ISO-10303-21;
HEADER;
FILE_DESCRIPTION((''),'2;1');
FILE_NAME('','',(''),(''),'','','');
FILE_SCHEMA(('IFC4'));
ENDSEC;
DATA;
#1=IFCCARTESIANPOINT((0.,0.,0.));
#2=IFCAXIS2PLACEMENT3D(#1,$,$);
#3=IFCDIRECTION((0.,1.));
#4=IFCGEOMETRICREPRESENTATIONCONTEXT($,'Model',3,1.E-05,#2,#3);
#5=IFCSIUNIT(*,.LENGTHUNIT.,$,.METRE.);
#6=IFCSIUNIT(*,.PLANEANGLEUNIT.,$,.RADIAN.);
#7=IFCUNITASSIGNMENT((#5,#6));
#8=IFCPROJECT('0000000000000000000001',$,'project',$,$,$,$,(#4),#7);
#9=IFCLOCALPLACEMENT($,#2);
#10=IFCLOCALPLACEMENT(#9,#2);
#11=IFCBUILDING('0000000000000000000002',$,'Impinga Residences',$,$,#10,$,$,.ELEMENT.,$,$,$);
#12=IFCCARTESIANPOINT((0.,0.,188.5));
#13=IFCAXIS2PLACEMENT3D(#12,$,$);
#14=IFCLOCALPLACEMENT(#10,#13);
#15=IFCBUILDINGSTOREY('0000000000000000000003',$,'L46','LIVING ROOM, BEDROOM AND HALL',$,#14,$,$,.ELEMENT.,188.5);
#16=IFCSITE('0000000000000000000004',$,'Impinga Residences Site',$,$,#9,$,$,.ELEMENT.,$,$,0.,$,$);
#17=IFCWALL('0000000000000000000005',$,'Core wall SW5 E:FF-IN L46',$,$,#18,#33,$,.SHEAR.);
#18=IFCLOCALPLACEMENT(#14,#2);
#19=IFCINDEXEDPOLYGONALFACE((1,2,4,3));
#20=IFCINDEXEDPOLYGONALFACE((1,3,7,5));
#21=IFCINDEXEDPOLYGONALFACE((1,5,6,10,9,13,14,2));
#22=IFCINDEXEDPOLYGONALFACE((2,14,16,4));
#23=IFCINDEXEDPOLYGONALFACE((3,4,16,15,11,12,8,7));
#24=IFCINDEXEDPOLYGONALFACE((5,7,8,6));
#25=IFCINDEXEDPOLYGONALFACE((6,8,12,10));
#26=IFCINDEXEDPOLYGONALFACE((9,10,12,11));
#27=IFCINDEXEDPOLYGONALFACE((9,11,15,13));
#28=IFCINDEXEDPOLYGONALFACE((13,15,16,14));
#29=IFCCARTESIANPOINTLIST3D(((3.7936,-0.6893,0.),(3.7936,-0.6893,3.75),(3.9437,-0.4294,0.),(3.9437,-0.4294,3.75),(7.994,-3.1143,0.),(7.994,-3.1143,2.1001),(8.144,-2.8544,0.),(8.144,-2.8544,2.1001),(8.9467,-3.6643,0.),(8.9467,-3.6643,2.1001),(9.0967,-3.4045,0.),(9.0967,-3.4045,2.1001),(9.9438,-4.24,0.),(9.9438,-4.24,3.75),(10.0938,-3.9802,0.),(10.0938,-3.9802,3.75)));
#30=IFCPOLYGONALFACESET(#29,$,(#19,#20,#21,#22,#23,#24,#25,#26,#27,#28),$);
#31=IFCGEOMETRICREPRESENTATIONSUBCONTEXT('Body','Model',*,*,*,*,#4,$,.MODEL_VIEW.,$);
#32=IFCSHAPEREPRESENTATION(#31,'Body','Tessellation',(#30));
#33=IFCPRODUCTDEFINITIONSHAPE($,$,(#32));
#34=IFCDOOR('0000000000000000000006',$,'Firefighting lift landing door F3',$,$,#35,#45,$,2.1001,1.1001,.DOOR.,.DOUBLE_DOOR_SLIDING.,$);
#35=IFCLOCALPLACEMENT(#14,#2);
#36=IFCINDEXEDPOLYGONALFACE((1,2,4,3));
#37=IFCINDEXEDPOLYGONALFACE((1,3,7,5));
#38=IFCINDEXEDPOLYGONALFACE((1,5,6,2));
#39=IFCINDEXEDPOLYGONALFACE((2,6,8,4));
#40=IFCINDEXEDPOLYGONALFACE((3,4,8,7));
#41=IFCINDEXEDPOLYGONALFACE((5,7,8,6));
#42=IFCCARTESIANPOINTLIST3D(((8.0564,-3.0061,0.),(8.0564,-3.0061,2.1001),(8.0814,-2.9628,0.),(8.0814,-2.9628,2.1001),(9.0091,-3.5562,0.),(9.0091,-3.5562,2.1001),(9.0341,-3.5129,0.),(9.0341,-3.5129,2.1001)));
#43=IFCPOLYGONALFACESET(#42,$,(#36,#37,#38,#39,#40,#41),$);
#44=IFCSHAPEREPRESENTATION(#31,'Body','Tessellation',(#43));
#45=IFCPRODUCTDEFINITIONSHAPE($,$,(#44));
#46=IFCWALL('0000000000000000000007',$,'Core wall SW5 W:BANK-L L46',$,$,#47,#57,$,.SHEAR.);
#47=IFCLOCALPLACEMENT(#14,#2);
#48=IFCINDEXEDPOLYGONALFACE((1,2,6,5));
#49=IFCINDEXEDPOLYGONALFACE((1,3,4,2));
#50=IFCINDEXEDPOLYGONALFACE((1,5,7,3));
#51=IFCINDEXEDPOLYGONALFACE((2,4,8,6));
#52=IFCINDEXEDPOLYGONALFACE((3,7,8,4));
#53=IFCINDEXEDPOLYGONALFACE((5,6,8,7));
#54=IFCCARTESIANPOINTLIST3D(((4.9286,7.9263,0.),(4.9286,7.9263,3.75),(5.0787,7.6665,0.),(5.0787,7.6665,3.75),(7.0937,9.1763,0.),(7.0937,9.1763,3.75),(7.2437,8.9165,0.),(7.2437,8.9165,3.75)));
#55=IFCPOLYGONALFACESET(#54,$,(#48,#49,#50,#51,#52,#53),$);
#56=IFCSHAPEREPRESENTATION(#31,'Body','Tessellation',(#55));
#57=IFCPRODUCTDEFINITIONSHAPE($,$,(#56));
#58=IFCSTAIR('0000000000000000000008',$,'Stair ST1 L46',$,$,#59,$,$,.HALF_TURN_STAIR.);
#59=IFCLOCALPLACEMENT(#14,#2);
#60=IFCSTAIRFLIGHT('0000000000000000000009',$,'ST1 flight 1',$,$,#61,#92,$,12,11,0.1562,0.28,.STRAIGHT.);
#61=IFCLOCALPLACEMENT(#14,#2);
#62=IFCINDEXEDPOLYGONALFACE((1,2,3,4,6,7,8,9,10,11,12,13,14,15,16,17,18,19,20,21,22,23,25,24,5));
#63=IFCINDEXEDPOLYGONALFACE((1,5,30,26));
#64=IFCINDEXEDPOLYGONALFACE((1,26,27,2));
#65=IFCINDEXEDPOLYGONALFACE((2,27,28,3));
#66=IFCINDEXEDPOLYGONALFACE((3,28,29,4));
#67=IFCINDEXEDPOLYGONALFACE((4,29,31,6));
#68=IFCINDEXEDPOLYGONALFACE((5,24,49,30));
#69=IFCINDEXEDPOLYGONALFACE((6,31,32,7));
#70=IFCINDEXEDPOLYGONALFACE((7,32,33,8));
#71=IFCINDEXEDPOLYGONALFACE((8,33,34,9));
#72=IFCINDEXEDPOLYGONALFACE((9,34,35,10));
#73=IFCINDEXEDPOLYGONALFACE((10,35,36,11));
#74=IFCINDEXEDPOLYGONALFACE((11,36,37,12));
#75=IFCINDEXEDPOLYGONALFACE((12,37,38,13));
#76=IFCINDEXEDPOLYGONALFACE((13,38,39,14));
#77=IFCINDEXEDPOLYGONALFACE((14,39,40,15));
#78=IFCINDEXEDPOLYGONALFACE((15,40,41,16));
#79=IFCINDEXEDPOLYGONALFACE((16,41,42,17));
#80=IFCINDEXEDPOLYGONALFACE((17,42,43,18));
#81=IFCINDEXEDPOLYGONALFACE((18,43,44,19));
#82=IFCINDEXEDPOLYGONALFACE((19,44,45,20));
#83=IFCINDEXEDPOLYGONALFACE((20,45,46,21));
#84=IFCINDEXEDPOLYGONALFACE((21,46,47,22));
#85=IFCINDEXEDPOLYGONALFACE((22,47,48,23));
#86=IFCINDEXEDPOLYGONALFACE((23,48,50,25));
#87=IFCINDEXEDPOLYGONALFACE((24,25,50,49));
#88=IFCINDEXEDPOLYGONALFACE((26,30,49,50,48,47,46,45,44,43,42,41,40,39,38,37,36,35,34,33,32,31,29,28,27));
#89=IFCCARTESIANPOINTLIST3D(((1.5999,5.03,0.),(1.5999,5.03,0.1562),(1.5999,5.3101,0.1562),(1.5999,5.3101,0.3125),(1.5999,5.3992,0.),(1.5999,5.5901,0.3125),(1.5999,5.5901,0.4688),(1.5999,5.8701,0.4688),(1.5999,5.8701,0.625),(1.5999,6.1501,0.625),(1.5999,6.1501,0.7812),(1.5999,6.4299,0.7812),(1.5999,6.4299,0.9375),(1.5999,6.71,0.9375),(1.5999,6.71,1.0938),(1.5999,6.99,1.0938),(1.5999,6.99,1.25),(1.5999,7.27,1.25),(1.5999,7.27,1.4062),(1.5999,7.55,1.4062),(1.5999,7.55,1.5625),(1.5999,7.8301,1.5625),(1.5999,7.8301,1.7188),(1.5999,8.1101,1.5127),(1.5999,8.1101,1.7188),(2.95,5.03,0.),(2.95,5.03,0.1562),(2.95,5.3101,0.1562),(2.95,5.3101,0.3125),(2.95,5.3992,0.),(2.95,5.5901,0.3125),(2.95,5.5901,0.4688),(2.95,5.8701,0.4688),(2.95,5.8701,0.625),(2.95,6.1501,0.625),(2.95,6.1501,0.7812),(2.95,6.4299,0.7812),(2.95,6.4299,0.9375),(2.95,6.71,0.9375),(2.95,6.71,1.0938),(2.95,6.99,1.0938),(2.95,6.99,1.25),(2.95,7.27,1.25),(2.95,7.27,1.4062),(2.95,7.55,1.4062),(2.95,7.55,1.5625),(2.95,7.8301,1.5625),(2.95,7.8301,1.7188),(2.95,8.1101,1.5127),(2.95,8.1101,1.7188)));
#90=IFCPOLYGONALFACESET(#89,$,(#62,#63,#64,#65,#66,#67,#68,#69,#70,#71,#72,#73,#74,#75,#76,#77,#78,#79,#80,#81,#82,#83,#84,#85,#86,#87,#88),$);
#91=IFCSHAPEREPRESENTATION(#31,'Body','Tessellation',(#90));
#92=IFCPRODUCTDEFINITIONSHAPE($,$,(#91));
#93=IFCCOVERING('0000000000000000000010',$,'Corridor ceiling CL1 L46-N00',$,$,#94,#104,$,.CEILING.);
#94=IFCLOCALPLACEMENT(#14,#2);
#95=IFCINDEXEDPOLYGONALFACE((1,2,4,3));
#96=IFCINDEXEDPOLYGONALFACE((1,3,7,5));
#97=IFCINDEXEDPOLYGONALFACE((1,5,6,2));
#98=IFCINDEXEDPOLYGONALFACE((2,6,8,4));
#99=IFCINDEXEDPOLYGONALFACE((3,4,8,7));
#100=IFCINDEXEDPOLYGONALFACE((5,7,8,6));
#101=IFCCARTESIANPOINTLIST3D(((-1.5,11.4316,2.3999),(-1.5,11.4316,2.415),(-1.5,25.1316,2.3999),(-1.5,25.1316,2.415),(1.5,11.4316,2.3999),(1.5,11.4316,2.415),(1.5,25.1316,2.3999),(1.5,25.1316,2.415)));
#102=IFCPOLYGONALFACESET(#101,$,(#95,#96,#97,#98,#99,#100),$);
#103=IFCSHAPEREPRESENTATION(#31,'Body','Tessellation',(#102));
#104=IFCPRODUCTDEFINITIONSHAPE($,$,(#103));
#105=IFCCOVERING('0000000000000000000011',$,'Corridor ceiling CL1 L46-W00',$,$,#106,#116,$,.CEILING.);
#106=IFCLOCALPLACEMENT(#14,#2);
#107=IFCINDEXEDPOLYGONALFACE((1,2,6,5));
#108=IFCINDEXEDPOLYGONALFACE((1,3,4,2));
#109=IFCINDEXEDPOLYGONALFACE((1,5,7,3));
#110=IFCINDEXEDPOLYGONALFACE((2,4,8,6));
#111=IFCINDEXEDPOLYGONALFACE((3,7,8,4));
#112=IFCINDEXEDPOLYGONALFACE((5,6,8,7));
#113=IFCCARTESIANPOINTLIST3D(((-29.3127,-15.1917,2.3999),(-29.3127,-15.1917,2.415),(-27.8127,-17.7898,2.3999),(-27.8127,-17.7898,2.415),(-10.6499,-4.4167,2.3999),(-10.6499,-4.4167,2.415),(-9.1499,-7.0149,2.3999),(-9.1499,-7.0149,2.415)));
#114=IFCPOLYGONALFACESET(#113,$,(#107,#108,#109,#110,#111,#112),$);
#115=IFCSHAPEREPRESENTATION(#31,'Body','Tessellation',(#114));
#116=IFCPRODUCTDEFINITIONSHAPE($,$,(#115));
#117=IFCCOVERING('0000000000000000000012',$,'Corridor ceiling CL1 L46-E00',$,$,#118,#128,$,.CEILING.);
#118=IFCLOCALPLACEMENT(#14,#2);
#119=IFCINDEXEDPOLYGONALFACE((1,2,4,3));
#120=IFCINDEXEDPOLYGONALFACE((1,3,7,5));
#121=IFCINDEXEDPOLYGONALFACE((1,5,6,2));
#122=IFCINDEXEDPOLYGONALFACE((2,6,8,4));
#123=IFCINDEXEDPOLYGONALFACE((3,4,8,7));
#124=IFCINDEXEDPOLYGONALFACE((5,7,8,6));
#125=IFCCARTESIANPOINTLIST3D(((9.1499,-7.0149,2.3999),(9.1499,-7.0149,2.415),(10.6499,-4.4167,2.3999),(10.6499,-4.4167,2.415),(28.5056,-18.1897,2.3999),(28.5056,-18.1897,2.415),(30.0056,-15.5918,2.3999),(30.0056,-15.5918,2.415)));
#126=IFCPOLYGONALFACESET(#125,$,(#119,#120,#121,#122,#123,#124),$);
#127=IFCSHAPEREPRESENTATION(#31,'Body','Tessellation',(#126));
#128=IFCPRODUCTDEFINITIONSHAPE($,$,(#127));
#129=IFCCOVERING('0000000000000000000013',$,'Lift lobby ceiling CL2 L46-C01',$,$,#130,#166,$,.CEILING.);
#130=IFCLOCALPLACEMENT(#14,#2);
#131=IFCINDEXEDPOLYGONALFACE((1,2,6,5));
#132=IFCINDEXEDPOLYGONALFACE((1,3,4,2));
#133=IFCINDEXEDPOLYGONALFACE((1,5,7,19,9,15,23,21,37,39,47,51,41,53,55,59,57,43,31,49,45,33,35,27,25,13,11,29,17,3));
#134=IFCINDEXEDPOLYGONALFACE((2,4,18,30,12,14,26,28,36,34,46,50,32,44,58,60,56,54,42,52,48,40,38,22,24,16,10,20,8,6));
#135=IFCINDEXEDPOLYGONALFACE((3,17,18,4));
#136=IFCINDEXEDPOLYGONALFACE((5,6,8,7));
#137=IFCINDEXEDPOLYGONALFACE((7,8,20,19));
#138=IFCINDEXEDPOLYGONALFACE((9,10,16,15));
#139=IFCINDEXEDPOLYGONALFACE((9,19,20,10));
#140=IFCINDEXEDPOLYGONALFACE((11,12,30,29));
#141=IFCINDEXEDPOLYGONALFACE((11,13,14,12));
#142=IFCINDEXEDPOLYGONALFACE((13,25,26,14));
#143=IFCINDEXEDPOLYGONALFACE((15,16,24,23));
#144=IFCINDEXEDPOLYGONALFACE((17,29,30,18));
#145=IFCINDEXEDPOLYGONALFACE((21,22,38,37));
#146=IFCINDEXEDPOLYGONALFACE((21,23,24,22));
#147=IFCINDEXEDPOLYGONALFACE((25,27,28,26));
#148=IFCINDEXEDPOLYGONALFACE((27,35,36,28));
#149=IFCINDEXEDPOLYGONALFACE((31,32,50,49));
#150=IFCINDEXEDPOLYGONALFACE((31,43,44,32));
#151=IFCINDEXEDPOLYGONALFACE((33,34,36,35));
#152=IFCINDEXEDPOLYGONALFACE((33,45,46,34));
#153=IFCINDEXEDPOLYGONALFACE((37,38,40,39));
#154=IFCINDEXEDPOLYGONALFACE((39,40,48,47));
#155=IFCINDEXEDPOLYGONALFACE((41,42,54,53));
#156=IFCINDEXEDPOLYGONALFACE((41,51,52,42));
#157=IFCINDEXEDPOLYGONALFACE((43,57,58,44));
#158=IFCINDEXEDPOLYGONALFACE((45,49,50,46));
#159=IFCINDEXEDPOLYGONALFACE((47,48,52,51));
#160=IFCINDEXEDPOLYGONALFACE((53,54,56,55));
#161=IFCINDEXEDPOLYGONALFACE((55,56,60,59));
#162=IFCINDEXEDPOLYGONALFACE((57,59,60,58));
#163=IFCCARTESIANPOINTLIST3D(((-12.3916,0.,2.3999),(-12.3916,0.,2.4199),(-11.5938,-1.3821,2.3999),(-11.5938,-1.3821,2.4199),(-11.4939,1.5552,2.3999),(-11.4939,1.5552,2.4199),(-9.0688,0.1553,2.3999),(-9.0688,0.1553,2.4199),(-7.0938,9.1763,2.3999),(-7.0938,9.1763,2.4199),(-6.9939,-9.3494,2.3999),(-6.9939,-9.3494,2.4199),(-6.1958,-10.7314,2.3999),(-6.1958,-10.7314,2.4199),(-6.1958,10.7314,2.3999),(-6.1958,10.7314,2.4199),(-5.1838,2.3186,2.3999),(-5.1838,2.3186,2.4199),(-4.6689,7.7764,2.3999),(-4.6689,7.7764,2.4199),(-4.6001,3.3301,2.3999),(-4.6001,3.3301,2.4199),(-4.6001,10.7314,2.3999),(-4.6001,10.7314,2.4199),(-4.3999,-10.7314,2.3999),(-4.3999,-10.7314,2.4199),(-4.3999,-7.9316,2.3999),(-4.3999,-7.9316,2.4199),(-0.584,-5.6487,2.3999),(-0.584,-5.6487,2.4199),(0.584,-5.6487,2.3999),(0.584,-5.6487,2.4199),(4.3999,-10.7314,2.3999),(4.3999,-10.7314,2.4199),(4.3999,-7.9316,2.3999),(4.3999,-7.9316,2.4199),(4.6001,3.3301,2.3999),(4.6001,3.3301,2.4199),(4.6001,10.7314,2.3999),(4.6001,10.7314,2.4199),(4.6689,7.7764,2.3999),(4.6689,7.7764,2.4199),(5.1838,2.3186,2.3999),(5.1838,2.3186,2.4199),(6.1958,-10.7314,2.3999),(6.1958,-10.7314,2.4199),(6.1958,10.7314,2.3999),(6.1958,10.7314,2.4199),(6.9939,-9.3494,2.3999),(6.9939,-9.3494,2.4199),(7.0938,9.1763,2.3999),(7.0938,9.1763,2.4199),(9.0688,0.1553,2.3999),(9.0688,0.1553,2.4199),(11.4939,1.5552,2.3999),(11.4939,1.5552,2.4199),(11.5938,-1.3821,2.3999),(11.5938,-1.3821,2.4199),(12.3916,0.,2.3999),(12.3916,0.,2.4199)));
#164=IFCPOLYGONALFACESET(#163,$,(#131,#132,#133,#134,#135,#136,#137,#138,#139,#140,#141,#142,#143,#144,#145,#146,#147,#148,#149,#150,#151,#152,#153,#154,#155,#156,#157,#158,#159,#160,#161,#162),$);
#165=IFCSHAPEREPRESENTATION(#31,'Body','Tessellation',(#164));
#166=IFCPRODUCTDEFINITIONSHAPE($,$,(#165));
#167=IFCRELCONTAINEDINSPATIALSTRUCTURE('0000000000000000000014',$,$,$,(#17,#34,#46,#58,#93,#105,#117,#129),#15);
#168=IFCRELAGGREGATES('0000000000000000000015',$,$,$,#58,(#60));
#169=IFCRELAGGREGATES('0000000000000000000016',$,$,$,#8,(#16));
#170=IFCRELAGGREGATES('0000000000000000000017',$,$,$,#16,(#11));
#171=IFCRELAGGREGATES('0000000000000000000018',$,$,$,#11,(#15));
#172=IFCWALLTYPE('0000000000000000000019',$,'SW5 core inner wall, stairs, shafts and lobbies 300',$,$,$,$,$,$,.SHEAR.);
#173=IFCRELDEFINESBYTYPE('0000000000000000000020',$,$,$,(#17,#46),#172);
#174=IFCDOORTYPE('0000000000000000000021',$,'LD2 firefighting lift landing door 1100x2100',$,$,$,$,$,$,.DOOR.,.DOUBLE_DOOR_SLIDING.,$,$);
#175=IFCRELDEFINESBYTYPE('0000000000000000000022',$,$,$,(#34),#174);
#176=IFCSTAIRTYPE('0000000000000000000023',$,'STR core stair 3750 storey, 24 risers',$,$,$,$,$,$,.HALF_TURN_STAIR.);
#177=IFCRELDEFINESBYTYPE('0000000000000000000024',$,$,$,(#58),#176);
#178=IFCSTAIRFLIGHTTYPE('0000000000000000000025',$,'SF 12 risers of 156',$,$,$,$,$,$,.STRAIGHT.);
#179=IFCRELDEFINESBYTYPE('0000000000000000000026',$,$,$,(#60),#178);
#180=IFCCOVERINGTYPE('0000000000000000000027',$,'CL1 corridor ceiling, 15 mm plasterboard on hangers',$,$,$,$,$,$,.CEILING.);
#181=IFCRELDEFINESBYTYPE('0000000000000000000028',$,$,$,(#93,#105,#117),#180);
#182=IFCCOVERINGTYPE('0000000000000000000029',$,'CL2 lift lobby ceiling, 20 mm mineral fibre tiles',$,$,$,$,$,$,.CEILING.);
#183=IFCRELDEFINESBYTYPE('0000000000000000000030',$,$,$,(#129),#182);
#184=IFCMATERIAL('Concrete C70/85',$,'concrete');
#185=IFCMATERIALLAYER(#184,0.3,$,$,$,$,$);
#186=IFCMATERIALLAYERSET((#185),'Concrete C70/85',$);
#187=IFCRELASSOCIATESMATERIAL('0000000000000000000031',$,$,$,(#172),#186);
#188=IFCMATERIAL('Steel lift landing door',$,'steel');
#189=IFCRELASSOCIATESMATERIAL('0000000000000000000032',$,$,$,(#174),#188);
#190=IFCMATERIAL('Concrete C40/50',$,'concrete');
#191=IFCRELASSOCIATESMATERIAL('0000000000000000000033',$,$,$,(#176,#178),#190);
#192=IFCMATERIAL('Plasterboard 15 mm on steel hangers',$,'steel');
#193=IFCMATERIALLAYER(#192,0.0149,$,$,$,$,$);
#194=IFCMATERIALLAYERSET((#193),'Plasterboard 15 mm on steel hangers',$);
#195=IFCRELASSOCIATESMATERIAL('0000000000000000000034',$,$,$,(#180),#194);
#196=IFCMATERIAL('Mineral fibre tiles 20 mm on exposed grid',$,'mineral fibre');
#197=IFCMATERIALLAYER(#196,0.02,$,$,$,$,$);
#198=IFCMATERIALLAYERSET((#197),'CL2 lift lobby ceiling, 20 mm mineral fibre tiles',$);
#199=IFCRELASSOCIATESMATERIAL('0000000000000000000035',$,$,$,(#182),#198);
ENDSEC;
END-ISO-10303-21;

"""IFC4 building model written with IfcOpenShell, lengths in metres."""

from ifc_helpers import new_model, si_unit, direction, frame, frame_2d, origin, place, context, subcontext, project, spatial, polyline, rectangle, outline, extrude, material, layer, layer_set, type_object, element, fill, aggregate, save


model = new_model("IFC4")

# Units and contexts
model_context = context("Model", 3, precision=1e-05, world=origin(), true_north=direction((0.0, 1.0)))
body_context = subcontext(model_context, "Body", "Model", "MODEL_VIEW")
ifc_project = project(units=[si_unit("LENGTHUNIT", "METRE"), si_unit("PLANEANGLEUNIT", "RADIAN")], contexts=[model_context])

# Site, building, storey
site_placement = place(None, origin())
site = spatial("IfcSite", under=ifc_project, at=site_placement, Name="Impinga Residences Site", CompositionType="ELEMENT", RefElevation=0.0)
building_placement = place(site_placement, origin())
building = spatial("IfcBuilding", under=site, at=building_placement, Name="Impinga Residences", CompositionType="ELEMENT")
storey_placement = place(building_placement, frame((0.0, 0.0, 188.5)))
storey = spatial("IfcBuildingStorey", under=building, at=storey_placement, Name="L46", Description="LIVING ROOM, BEDROOM AND HALL", CompositionType="ELEMENT", Elevation=188.5)

# Shared definitions
ifc_material_1 = material(Name="Concrete C40/50", Category="concrete")

# Shared definitions
ifc_material_2 = material(Name="Concrete C70/85", Category="concrete")
ifc_layer_1 = layer(ifc_material_2, 0.3)
ifc_layer_set_1 = layer_set([ifc_layer_1], Name="Concrete C70/85")
wall_type = type_object("IfcWallType", Name="SW5 core inner wall, stairs, shafts and lobbies 300", PredefinedType="SHEAR", material=ifc_layer_set_1)

# Wall, opening, door
wall_1_placement = place(storey_placement, frame((3.8687, -0.5593, 0.0), z_axis=(0.0, 0.0, 1.0), x_axis=(0.866026, -0.499999, 0.0)))
wall_1 = element("IfcWall", 1, at=wall_1_placement, inside=storey, type_object=wall_type, Name="Core wall SW5 E:FF-IN L46", PredefinedType="SHEAR", context=body_context, shape_type="SweptSolid", body=[
    extrude(rectangle(XDim=7.1016, YDim=0.3, at=frame_2d((3.5508, 0.0))), origin(), (0.0, 0.0, 1.0), 3.75),
])
opening_1_placement = place(wall_1_placement, frame((4.8501, 0.0, 0.0)))
opening_1 = element("IfcOpeningElement", 2, at=opening_1_placement, cuts=wall_1, PredefinedType="OPENING", context=body_context, shape_type="SweptSolid", body=[
    extrude(rectangle(XDim=1.1001, YDim=2.1001, at=frame_2d((0.55, 1.05))), frame((0.0, 0.1599, 0.0), z_axis=(0.0, -1.0, 0.0), x_axis=(1.0, 0.0, 0.0)), (0.0, 0.0, 1.0), 0.3201),
])
ifc_material_3 = material(Name="Steel lift landing door", Category="steel")
door_type_1 = type_object("IfcDoorType", Name="LD2 firefighting lift landing door 1100x2100", OperationType="DOUBLE_DOOR_SLIDING", PredefinedType="DOOR", material=ifc_material_3)
door_1_placement = place(opening_1_placement, origin())
door_1 = element("IfcDoor", 3, at=door_1_placement, inside=storey, type_object=door_type_1, Name="Firefighting lift landing door F3", OperationType="DOUBLE_DOOR_SLIDING", OverallHeight=2.1001, OverallWidth=1.1001, PredefinedType="DOOR", context=body_context, shape_type="SweptSolid", body=[
    extrude(rectangle(XDim=1.1001, YDim=2.1001, at=frame_2d((0.55, 1.05))), frame((0.0, 0.0249, 0.0), z_axis=(0.0, -1.0, 0.0), x_axis=(1.0, 0.0, 0.0)), (0.0, 0.0, 1.0), 0.05),
])
fill(opening_1, door_1)

# Wall
wall_2_placement = place(storey_placement, frame((5.0037, 7.7964, 0.0), z_axis=(0.0, 0.0, 1.0), x_axis=(0.866023, 0.500004, 0.0)))
element("IfcWall", 4, at=wall_2_placement, inside=storey, type_object=wall_type, Name="Core wall SW5 W:BANK-L L46", PredefinedType="SHEAR", context=body_context, shape_type="SweptSolid", body=[
    extrude(rectangle(XDim=2.5, YDim=0.3, at=frame_2d((1.25, 0.0))), origin(), (0.0, 0.0, 1.0), 3.75),
])

# Stair, stair flight
stair_type_1 = type_object("IfcStairType", Name="STR core stair 3750 storey, 24 risers", PredefinedType="HALF_TURN_STAIR", material=ifc_material_1)
stair_1_placement = place(storey_placement, origin())
stair_1 = element("IfcStair", 5, at=stair_1_placement, inside=storey, type_object=stair_type_1, Name="Stair ST1 L46", PredefinedType="HALF_TURN_STAIR")
stair_flight_type = type_object("IfcStairFlightType", Name="SF 12 risers of 156", PredefinedType="STRAIGHT", material=ifc_material_1)
stair_flight_placement = place(storey_placement, frame((2.2749, 5.03, 0.0), z_axis=(0.0, 0.0, 1.0), x_axis=(0.0, 1.0, 0.0)))
stair_flight = element("IfcStairFlight", 6, at=stair_flight_placement, type_object=stair_flight_type, Name="ST1 flight 1", NumberOfRisers=12, NumberOfTreads=11, PredefinedType="STRAIGHT", RiserHeight=0.1562, TreadLength=0.28, context=body_context, shape_type="SweptSolid", body=[
    extrude(outline(polyline([(0.0, 0.0), (0.0, 0.1562), (0.28, 0.1562), (0.28, 0.3125), (0.5601, 0.3125), (0.5601, 0.4688), (0.8401, 0.4688), (0.8401, 0.625), (1.1201, 0.625), (1.1201, 0.7812), (1.3999, 0.7812), (1.3999, 0.9375), (1.6799, 0.9375), (1.6799, 1.0938), (1.96, 1.0938), (1.96, 1.25), (2.24, 1.25), (2.24, 1.4062), (2.52, 1.4062), (2.52, 1.5625), (2.8, 1.5625), (2.8, 1.7188), (3.0801, 1.7188), (3.0801, 1.875), (3.0801, 1.5127), (0.3691, 0.0), (0.0, 0.0)])), frame((0.0, 0.675, 0.0), z_axis=(0.0, -1.0, 0.0), x_axis=(1.0, 0.0, 0.0)), (0.0, 0.0, 1.0), 1.3501),
])
aggregate(stair_1, [stair_flight])

# Coverings
ifc_material_4 = material(Name="Plasterboard 15 mm on steel hangers", Category="steel")
ifc_layer_2 = layer(ifc_material_4, 0.0149)
ifc_layer_set_2 = layer_set([ifc_layer_2], Name="Plasterboard 15 mm on steel hangers")
covering_type_1 = type_object("IfcCoveringType", Name="CL1 corridor ceiling, 15 mm plasterboard on hangers", PredefinedType="CEILING", material=ifc_layer_set_2)
covering_1_placement = place(storey_placement, frame((0.0, 0.0, 2.3999)))
element("IfcCovering", 7, at=covering_1_placement, inside=storey, type_object=covering_type_1, Name="Corridor ceiling CL1 L46-N00", PredefinedType="CEILING", context=body_context, shape_type="SweptSolid", body=[
    extrude(outline(polyline([(-1.5, 11.4316), (1.5, 11.4316), (1.5, 25.1316), (-1.5, 25.1316), (-1.5, 11.4316)])), origin(), (0.0, 0.0, 1.0), 0.0151),
])
covering_2_placement = place(storey_placement, frame((0.0, 0.0, 2.3999)))
element("IfcCovering", 8, at=covering_2_placement, inside=storey, type_object=covering_type_1, Name="Corridor ceiling CL1 L46-W00", PredefinedType="CEILING", context=body_context, shape_type="SweptSolid", body=[
    extrude(outline(polyline([(-9.1499, -7.0149), (-10.6499, -4.4167), (-29.3127, -15.1917), (-27.8127, -17.7898), (-9.1499, -7.0149)])), origin(), (0.0, 0.0, 1.0), 0.0151),
])
covering_3_placement = place(storey_placement, frame((0.0, 0.0, 2.3999)))
element("IfcCovering", 9, at=covering_3_placement, inside=storey, type_object=covering_type_1, Name="Corridor ceiling CL1 L46-E00", PredefinedType="CEILING", context=body_context, shape_type="SweptSolid", body=[
    extrude(outline(polyline([(10.6499, -4.4167), (9.1499, -7.0149), (28.5056, -18.1897), (30.0056, -15.5918), (10.6499, -4.4167)])), origin(), (0.0, 0.0, 1.0), 0.0151),
])
ifc_material_5 = material(Name="Mineral fibre tiles 20 mm on exposed grid", Category="mineral fibre")
ifc_layer_3 = layer(ifc_material_5, 0.02)
ifc_layer_set_3 = layer_set([ifc_layer_3], Name="CL2 lift lobby ceiling, 20 mm mineral fibre tiles")
covering_type_2 = type_object("IfcCoveringType", Name="CL2 lift lobby ceiling, 20 mm mineral fibre tiles", PredefinedType="CEILING", material=ifc_layer_set_3)
covering_4_placement = place(storey_placement, frame((0.0, 0.0, 2.3999)))
element("IfcCovering", 10, at=covering_4_placement, inside=storey, type_object=covering_type_2, Name="Lift lobby ceiling CL2 L46-C01", PredefinedType="CEILING", context=body_context, shape_type="SweptSolid", body=[
    extrude(outline(polyline([(12.3916, 0.0), (11.5938, -1.3821), (5.1838, 2.3186), (0.584, -5.6487), (6.9939, -9.3494), (6.1958, -10.7314), (4.3999, -10.7314), (4.3999, -7.9316), (-4.3999, -7.9316), (-4.3999, -10.7314), (-6.1958, -10.7314), (-6.9939, -9.3494), (-0.584, -5.6487), (-5.1838, 2.3186), (-11.5938, -1.3821), (-12.3916, 0.0), (-11.4939, 1.5552), (-9.0688, 0.1553), (-4.6689, 7.7764), (-7.0938, 9.1763), (-6.1958, 10.7314), (-4.6001, 10.7314), (-4.6001, 3.3301), (4.6001, 3.3301), (4.6001, 10.7314), (6.1958, 10.7314), (7.0938, 9.1763), (4.6689, 7.7764), (9.0688, 0.1553), (11.4939, 1.5552), (12.3916, 0.0)])), origin(), (0.0, 0.0, 1.0), 0.02),
])

save(model, "model.ifc")
